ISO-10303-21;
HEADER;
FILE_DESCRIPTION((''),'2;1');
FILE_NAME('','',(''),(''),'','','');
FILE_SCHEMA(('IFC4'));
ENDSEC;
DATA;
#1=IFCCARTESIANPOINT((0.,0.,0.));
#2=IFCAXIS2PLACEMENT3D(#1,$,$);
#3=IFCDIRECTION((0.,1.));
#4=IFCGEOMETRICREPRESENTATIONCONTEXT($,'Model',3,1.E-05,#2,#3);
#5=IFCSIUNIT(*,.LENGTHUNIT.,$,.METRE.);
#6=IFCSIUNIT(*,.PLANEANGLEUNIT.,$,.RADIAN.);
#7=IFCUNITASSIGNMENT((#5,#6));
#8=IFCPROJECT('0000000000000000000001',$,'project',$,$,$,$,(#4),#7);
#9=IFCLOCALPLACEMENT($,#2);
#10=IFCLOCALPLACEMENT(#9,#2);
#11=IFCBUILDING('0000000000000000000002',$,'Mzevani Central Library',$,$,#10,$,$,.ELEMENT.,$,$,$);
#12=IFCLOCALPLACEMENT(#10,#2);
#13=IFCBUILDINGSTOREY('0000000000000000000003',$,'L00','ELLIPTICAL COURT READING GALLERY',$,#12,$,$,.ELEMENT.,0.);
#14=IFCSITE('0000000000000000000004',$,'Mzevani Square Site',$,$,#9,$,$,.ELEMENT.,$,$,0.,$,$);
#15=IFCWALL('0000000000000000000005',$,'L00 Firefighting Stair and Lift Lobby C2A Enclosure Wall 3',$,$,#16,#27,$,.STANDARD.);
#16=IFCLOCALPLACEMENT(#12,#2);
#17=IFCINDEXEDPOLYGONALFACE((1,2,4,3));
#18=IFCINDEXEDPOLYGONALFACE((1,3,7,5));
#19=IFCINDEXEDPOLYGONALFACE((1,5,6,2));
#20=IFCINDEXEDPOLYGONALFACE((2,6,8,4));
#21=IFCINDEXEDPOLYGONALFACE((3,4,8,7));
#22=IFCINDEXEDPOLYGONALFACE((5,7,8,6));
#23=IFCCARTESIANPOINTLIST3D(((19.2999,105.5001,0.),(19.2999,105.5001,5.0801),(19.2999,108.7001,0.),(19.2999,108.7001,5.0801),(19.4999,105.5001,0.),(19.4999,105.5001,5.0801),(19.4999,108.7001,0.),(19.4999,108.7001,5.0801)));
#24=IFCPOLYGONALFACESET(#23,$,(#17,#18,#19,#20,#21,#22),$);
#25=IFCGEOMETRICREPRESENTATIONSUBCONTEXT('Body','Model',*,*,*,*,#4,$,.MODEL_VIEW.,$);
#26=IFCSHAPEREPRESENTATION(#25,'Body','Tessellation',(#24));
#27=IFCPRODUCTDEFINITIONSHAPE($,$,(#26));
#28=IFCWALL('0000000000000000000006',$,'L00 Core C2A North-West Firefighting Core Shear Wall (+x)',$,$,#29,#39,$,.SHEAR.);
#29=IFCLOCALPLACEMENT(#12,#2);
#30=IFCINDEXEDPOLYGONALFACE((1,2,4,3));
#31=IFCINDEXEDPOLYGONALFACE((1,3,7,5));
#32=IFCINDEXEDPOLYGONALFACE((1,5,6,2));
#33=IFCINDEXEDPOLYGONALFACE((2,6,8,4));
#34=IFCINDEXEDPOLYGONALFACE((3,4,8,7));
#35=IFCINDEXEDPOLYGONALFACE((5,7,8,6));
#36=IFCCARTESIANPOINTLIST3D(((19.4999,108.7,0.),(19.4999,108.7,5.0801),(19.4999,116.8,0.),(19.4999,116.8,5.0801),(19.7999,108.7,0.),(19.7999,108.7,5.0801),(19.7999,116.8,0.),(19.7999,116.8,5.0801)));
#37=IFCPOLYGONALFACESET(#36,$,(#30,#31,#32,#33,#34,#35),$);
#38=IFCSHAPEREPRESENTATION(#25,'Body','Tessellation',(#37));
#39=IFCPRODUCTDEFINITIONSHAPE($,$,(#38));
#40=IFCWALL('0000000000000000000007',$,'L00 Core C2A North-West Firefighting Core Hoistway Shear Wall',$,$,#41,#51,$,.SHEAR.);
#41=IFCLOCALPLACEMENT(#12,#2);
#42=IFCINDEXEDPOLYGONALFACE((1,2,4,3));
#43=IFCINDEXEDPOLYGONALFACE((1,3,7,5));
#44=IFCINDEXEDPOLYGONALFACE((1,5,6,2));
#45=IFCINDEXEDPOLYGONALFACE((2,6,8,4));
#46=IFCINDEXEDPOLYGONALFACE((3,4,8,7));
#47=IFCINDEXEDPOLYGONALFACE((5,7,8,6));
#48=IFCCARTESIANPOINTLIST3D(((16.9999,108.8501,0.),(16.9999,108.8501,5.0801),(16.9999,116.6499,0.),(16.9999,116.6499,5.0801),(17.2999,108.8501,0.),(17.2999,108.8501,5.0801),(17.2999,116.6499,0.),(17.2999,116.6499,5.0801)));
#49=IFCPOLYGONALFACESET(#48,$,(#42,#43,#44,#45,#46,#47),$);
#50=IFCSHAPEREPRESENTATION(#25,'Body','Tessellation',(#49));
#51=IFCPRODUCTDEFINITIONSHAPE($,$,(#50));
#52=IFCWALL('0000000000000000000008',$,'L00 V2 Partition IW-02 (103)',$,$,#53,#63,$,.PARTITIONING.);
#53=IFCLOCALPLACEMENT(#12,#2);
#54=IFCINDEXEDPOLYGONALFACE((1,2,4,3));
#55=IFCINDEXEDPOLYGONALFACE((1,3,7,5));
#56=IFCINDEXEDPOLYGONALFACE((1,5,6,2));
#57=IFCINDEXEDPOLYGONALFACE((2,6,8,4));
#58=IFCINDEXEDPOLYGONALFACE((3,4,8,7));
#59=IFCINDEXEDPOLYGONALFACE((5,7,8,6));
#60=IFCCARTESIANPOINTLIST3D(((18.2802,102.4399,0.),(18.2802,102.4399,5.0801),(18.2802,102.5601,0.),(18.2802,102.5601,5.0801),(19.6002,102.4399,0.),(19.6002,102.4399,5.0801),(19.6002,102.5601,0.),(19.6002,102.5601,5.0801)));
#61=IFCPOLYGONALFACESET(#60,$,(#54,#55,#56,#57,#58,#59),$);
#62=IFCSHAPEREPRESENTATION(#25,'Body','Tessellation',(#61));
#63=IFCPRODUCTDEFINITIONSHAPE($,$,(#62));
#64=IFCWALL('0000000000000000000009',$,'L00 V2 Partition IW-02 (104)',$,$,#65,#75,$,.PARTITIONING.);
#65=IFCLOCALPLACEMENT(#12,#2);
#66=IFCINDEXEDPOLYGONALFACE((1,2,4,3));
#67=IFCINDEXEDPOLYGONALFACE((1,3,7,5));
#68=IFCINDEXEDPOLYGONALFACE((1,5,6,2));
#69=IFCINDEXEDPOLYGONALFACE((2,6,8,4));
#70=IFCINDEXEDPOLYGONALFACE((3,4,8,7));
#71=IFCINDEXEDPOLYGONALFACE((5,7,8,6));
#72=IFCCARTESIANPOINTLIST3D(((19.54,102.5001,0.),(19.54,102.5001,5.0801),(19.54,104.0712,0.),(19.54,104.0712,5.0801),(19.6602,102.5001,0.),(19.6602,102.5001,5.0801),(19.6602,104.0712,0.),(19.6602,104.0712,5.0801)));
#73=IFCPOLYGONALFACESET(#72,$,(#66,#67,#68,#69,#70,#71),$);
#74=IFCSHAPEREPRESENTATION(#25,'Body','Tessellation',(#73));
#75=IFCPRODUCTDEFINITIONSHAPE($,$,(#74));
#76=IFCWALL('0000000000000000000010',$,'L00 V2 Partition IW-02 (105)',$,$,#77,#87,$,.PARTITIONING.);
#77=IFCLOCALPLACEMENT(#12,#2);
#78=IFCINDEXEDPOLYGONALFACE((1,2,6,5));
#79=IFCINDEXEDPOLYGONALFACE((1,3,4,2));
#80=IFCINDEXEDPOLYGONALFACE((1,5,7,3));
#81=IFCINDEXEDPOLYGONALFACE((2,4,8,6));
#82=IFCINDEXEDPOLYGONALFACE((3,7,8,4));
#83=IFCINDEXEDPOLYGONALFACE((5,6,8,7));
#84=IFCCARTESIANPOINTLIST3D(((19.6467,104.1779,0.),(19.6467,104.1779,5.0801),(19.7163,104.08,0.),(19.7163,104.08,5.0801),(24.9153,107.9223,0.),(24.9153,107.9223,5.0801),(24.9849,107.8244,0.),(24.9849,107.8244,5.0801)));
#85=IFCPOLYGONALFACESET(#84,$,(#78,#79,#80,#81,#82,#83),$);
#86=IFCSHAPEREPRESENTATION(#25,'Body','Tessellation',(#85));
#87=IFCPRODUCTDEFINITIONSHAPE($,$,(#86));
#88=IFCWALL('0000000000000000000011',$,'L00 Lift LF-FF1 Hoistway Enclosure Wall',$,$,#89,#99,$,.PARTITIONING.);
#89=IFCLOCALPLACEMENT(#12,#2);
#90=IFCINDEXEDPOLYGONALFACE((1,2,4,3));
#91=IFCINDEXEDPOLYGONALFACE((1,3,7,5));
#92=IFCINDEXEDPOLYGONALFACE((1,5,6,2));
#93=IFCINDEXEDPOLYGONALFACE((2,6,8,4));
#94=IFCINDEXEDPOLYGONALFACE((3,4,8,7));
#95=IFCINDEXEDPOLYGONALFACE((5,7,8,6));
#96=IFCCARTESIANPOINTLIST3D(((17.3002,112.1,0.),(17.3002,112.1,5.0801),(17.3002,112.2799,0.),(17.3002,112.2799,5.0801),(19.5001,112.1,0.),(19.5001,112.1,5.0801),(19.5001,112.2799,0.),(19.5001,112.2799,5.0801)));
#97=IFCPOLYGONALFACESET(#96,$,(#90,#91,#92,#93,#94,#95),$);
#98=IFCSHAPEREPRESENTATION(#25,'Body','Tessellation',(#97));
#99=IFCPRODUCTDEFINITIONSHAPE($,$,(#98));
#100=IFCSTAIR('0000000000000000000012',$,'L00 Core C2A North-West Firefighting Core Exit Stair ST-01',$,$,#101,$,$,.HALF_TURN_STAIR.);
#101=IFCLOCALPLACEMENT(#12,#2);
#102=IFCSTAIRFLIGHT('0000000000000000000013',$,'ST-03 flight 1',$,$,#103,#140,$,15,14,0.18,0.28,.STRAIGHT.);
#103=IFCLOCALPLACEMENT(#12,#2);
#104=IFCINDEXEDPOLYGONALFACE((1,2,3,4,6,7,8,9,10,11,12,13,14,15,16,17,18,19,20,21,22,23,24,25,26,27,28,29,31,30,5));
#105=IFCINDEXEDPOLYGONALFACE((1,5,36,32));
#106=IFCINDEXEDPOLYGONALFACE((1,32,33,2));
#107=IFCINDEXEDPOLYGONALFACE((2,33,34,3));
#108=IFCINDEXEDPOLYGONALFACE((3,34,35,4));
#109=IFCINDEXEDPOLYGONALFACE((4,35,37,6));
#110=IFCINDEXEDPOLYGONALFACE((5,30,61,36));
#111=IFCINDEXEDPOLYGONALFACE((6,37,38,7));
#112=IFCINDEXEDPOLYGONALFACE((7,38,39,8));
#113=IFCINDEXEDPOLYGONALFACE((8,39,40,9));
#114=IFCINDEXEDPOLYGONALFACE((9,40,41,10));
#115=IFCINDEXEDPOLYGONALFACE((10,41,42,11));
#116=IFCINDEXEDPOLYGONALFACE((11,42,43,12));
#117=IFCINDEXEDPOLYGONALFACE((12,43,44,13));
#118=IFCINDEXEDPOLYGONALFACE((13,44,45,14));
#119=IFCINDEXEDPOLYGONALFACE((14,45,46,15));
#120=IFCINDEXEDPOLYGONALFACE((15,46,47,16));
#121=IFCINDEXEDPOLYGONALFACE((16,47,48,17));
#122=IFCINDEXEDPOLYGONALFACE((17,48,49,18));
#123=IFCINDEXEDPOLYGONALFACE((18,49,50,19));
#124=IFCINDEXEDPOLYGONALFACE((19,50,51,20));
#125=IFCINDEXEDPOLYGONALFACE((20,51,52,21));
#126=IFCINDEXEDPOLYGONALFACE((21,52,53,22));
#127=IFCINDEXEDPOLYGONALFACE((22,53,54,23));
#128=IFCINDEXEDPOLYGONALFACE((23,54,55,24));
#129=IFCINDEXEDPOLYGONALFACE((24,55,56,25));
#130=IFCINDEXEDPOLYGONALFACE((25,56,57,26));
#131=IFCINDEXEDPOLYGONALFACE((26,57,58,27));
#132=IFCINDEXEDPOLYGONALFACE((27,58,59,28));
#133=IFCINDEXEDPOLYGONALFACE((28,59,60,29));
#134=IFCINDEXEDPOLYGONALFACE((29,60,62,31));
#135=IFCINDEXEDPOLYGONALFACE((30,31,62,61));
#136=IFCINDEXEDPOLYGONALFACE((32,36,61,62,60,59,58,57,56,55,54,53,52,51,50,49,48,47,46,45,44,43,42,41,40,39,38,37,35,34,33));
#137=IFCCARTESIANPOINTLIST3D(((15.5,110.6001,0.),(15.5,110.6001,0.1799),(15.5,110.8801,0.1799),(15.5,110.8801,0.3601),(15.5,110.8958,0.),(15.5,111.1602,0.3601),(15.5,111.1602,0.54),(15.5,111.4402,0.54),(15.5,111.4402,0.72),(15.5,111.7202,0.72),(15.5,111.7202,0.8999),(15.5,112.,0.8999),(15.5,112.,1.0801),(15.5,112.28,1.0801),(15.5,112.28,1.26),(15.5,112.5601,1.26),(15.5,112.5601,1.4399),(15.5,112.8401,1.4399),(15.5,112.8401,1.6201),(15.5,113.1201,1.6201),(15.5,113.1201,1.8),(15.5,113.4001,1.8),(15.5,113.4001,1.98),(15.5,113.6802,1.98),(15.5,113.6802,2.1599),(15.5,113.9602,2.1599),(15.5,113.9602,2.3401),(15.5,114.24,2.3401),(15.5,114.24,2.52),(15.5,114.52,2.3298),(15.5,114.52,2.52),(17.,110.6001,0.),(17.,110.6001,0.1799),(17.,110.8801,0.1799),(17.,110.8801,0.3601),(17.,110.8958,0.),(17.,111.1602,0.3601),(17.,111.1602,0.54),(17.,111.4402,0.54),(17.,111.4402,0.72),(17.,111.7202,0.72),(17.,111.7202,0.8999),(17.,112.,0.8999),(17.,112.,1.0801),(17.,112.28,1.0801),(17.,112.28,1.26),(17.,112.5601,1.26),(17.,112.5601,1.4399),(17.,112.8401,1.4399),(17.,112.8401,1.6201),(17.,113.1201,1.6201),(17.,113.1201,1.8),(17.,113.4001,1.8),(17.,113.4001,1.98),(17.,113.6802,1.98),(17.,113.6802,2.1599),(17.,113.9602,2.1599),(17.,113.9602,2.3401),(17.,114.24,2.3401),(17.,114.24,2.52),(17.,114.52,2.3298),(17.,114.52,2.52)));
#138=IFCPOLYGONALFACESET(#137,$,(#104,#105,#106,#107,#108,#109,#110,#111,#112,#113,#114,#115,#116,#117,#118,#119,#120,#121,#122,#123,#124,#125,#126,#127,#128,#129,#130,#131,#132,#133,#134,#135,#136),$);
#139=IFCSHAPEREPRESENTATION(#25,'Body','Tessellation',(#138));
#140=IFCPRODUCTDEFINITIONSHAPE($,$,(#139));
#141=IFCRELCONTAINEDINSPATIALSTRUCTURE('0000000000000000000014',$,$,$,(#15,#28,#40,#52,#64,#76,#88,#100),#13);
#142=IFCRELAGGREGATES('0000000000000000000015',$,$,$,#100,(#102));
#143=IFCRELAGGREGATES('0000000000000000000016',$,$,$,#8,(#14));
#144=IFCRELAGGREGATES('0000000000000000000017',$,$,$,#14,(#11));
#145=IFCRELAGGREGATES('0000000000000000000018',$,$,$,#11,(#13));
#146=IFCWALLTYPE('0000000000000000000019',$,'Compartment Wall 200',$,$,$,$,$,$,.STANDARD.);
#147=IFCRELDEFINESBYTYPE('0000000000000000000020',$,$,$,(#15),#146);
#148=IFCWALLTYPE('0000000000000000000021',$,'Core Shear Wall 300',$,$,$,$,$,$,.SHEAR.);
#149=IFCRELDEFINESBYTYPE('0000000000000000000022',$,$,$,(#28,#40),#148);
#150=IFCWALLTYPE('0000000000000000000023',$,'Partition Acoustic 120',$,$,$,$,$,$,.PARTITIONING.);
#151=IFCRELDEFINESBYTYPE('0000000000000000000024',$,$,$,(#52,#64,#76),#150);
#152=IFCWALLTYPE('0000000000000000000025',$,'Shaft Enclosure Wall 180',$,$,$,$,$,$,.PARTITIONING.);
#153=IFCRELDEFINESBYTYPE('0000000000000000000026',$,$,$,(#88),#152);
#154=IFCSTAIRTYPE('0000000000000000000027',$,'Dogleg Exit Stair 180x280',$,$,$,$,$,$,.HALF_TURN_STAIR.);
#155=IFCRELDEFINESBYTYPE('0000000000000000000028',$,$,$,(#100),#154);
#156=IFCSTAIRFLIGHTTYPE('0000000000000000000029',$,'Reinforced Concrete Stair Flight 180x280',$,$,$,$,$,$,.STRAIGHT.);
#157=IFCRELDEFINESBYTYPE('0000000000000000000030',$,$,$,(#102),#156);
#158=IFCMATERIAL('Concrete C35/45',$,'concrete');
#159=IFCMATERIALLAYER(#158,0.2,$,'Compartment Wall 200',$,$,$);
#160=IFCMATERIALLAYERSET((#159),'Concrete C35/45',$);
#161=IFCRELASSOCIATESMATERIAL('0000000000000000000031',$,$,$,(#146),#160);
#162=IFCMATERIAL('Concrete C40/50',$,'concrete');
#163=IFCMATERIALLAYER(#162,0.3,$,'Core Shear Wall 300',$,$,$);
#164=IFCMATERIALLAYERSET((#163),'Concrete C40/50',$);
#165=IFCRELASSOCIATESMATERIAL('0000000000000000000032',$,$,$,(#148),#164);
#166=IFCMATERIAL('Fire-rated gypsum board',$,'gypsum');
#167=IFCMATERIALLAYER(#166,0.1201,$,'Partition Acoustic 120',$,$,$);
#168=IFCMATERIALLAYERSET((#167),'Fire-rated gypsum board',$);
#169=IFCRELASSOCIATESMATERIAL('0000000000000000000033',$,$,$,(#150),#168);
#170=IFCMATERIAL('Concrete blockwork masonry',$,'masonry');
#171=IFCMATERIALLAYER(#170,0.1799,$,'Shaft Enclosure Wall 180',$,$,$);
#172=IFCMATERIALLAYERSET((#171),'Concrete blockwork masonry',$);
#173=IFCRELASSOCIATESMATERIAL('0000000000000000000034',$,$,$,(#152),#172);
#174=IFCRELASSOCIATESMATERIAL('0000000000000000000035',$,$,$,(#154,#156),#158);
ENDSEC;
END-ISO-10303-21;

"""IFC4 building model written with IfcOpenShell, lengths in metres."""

from ifc_helpers import new_model, si_unit, direction, frame, frame_2d, origin, place, context, subcontext, project, spatial, polyline, rectangle, outline, extrude, material, layer, layer_set, type_object, element, aggregate, save


model = new_model("IFC4")

# Units and contexts
model_context = context("Model", 3, precision=1e-05, world=origin(), true_north=direction((0.0, 1.0)))
body_context = subcontext(model_context, "Body", "Model", "MODEL_VIEW")
ifc_project = project(units=[si_unit("LENGTHUNIT", "METRE"), si_unit("PLANEANGLEUNIT", "RADIAN")], contexts=[model_context])

# Site, building, storey
site_placement = place(None, origin())
site = spatial("IfcSite", under=ifc_project, at=site_placement, Name="Mzevani Square Site", CompositionType="ELEMENT", RefElevation=0.0)
building_placement = place(site_placement, origin())
building = spatial("IfcBuilding", under=site, at=building_placement, Name="Mzevani Central Library", CompositionType="ELEMENT")
storey_placement = place(building_placement, origin())
storey = spatial("IfcBuildingStorey", under=building, at=storey_placement, Name="L00", Description="ELLIPTICAL COURT READING GALLERY", CompositionType="ELEMENT", Elevation=0.0)

# Wall
ifc_material_1 = material(Name="Concrete C35/45", Category="concrete")
ifc_layer_1 = layer(ifc_material_1, 0.2, Name="Compartment Wall 200")
ifc_layer_set_1 = layer_set([ifc_layer_1], Name="Concrete C35/45")
wall_type_1 = type_object("IfcWallType", Name="Compartment Wall 200", PredefinedType="STANDARD", material=ifc_layer_set_1)
wall_1_placement = place(storey_placement, frame((19.3999, 105.5, 0.0), z_axis=(0.0, 0.0, 1.0), x_axis=(0.0, 1.0, 0.0)))
element("IfcWall", 1, at=wall_1_placement, inside=storey, type_object=wall_type_1, Name="L00 Firefighting Stair and Lift Lobby C2A Enclosure Wall 3", PredefinedType="STANDARD", context=body_context, shape_type="SweptSolid", body=[
    extrude(rectangle(XDim=3.2, YDim=0.2, at=frame_2d((1.6001, 0.0))), origin(), (0.0, 0.0, 1.0), 5.0801),
])

# Shared definitions
ifc_material_2 = material(Name="Concrete C40/50", Category="concrete")
ifc_layer_2 = layer(ifc_material_2, 0.3, Name="Core Shear Wall 300")
ifc_layer_set_2 = layer_set([ifc_layer_2], Name="Concrete C40/50")
wall_type_2 = type_object("IfcWallType", Name="Core Shear Wall 300", PredefinedType="SHEAR", material=ifc_layer_set_2)

# Walls
wall_2_placement = place(storey_placement, frame((19.6499, 116.8, 0.0), z_axis=(0.0, 0.0, 1.0), x_axis=(0.0, -1.0, 0.0)))
element("IfcWall", 2, at=wall_2_placement, inside=storey, type_object=wall_type_2, Name="L00 Core C2A North-West Firefighting Core Shear Wall (+x)", PredefinedType="SHEAR", context=body_context, shape_type="SweptSolid", body=[
    extrude(rectangle(XDim=8.1001, YDim=0.3, at=frame_2d((4.05, 0.0))), origin(), (0.0, 0.0, 1.0), 5.0801),
])
wall_3_placement = place(storey_placement, frame((17.1499, 108.8501, 0.0), z_axis=(0.0, 0.0, 1.0), x_axis=(0.0, 1.0, 0.0)))
element("IfcWall", 3, at=wall_3_placement, inside=storey, type_object=wall_type_2, Name="L00 Core C2A North-West Firefighting Core Hoistway Shear Wall", PredefinedType="SHEAR", context=body_context, shape_type="SweptSolid", body=[
    extrude(rectangle(XDim=7.7998, YDim=0.3, at=frame_2d((3.8999, 0.0))), origin(), (0.0, 0.0, 1.0), 5.0801),
])
ifc_material_3 = material(Name="Fire-rated gypsum board", Category="gypsum")
ifc_layer_3 = layer(ifc_material_3, 0.1201, Name="Partition Acoustic 120")
ifc_layer_set_3 = layer_set([ifc_layer_3], Name="Fire-rated gypsum board")
wall_type_3 = type_object("IfcWallType", Name="Partition Acoustic 120", PredefinedType="PARTITIONING", material=ifc_layer_set_3)
wall_4_placement = place(storey_placement, frame((18.28, 102.5, 0.0), z_axis=(0.0, 0.0, 1.0), x_axis=(1.0, 0.0, 0.0)))
element("IfcWall", 4, at=wall_4_placement, inside=storey, type_object=wall_type_3, Name="L00 V2 Partition IW-02 (103)", PredefinedType="PARTITIONING", context=body_context, shape_type="SweptSolid", body=[
    extrude(rectangle(XDim=1.3201, YDim=0.1201, at=frame_2d((0.6602, 0.0))), origin(), (0.0, 0.0, 1.0), 5.0801),
])
wall_5_placement = place(storey_placement, frame((19.6001, 102.5, 0.0), z_axis=(0.0, 0.0, 1.0), x_axis=(0.0, 1.0, 0.0)))
element("IfcWall", 5, at=wall_5_placement, inside=storey, type_object=wall_type_3, Name="L00 V2 Partition IW-02 (104)", PredefinedType="PARTITIONING", context=body_context, shape_type="SweptSolid", body=[
    extrude(rectangle(XDim=1.571, YDim=0.1201, at=frame_2d((0.7856, 0.0))), origin(), (0.0, 0.0, 1.0), 5.0801),
])
wall_6_placement = place(storey_placement, frame((19.6814, 104.1289, 0.0), z_axis=(0.0, 0.0, 1.0), x_axis=(0.815112, 0.579304, 0.0)))
element("IfcWall", 6, at=wall_6_placement, inside=storey, type_object=wall_type_3, Name="L00 V2 Partition IW-02 (105)", PredefinedType="PARTITIONING", context=body_context, shape_type="SweptSolid", body=[
    extrude(rectangle(XDim=6.4636, YDim=0.1201, at=frame_2d((3.2319, 0.0))), origin(), (0.0, 0.0, 1.0), 5.0801),
])
ifc_material_4 = material(Name="Concrete blockwork masonry", Category="masonry")
ifc_layer_4 = layer(ifc_material_4, 0.1799, Name="Shaft Enclosure Wall 180")
ifc_layer_set_4 = layer_set([ifc_layer_4], Name="Concrete blockwork masonry")
wall_type_4 = type_object("IfcWallType", Name="Shaft Enclosure Wall 180", PredefinedType="PARTITIONING", material=ifc_layer_set_4)
wall_7_placement = place(storey_placement, frame((17.3, 112.1899, 0.0), z_axis=(0.0, 0.0, 1.0), x_axis=(1.0, 0.0, 0.0)))
element("IfcWall", 7, at=wall_7_placement, inside=storey, type_object=wall_type_4, Name="L00 Lift LF-FF1 Hoistway Enclosure Wall", PredefinedType="PARTITIONING", context=body_context, shape_type="SweptSolid", body=[
    extrude(rectangle(XDim=2.2, YDim=0.1799, at=frame_2d((1.1001, 0.0))), origin(), (0.0, 0.0, 1.0), 5.0801),
])

# Stair, stair flight
stair_type = type_object("IfcStairType", Name="Dogleg Exit Stair 180x280", PredefinedType="HALF_TURN_STAIR", material=ifc_material_1)
stair_placement = place(storey_placement, origin())
stair = element("IfcStair", 8, at=stair_placement, inside=storey, type_object=stair_type, Name="L00 Core C2A North-West Firefighting Core Exit Stair ST-01", PredefinedType="HALF_TURN_STAIR")
stair_flight_type = type_object("IfcStairFlightType", Name="Reinforced Concrete Stair Flight 180x280", PredefinedType="STRAIGHT", material=ifc_material_1)
stair_flight_placement = place(storey_placement, frame((16.25, 110.6001, 0.0), z_axis=(0.0, 0.0, 1.0), x_axis=(0.0, 1.0, 0.0)))
stair_flight = element("IfcStairFlight", 9, at=stair_flight_placement, type_object=stair_flight_type, Name="ST-03 flight 1", NumberOfRisers=15, NumberOfTreads=14, PredefinedType="STRAIGHT", RiserHeight=0.18, TreadLength=0.28, context=body_context, shape_type="SweptSolid", body=[
    extrude(outline(polyline([(0.0, 0.0), (0.0, 0.1799), (0.28, 0.1799), (0.28, 0.3601), (0.5601, 0.3601), (0.5601, 0.54), (0.8401, 0.54), (0.8401, 0.72), (1.1201, 0.72), (1.1201, 0.8999), (1.3999, 0.8999), (1.3999, 1.0801), (1.6799, 1.0801), (1.6799, 1.26), (1.96, 1.26), (1.96, 1.4399), (2.24, 1.4399), (2.24, 1.6201), (2.52, 1.6201), (2.52, 1.8), (2.8, 1.8), (2.8, 1.98), (3.0801, 1.98), (3.0801, 2.1599), (3.3601, 2.1599), (3.3601, 2.3401), (3.6399, 2.3401), (3.6399, 2.52), (3.9199, 2.52), (3.9199, 2.7), (3.9199, 2.3298), (0.2957, 0.0), (0.0, 0.0)])), frame((0.0, 0.75, 0.0), z_axis=(0.0, -1.0, 0.0), x_axis=(1.0, 0.0, 0.0)), (0.0, 0.0, 1.0), 1.5),
])
aggregate(stair, [stair_flight])

save(model, "model.ifc")
